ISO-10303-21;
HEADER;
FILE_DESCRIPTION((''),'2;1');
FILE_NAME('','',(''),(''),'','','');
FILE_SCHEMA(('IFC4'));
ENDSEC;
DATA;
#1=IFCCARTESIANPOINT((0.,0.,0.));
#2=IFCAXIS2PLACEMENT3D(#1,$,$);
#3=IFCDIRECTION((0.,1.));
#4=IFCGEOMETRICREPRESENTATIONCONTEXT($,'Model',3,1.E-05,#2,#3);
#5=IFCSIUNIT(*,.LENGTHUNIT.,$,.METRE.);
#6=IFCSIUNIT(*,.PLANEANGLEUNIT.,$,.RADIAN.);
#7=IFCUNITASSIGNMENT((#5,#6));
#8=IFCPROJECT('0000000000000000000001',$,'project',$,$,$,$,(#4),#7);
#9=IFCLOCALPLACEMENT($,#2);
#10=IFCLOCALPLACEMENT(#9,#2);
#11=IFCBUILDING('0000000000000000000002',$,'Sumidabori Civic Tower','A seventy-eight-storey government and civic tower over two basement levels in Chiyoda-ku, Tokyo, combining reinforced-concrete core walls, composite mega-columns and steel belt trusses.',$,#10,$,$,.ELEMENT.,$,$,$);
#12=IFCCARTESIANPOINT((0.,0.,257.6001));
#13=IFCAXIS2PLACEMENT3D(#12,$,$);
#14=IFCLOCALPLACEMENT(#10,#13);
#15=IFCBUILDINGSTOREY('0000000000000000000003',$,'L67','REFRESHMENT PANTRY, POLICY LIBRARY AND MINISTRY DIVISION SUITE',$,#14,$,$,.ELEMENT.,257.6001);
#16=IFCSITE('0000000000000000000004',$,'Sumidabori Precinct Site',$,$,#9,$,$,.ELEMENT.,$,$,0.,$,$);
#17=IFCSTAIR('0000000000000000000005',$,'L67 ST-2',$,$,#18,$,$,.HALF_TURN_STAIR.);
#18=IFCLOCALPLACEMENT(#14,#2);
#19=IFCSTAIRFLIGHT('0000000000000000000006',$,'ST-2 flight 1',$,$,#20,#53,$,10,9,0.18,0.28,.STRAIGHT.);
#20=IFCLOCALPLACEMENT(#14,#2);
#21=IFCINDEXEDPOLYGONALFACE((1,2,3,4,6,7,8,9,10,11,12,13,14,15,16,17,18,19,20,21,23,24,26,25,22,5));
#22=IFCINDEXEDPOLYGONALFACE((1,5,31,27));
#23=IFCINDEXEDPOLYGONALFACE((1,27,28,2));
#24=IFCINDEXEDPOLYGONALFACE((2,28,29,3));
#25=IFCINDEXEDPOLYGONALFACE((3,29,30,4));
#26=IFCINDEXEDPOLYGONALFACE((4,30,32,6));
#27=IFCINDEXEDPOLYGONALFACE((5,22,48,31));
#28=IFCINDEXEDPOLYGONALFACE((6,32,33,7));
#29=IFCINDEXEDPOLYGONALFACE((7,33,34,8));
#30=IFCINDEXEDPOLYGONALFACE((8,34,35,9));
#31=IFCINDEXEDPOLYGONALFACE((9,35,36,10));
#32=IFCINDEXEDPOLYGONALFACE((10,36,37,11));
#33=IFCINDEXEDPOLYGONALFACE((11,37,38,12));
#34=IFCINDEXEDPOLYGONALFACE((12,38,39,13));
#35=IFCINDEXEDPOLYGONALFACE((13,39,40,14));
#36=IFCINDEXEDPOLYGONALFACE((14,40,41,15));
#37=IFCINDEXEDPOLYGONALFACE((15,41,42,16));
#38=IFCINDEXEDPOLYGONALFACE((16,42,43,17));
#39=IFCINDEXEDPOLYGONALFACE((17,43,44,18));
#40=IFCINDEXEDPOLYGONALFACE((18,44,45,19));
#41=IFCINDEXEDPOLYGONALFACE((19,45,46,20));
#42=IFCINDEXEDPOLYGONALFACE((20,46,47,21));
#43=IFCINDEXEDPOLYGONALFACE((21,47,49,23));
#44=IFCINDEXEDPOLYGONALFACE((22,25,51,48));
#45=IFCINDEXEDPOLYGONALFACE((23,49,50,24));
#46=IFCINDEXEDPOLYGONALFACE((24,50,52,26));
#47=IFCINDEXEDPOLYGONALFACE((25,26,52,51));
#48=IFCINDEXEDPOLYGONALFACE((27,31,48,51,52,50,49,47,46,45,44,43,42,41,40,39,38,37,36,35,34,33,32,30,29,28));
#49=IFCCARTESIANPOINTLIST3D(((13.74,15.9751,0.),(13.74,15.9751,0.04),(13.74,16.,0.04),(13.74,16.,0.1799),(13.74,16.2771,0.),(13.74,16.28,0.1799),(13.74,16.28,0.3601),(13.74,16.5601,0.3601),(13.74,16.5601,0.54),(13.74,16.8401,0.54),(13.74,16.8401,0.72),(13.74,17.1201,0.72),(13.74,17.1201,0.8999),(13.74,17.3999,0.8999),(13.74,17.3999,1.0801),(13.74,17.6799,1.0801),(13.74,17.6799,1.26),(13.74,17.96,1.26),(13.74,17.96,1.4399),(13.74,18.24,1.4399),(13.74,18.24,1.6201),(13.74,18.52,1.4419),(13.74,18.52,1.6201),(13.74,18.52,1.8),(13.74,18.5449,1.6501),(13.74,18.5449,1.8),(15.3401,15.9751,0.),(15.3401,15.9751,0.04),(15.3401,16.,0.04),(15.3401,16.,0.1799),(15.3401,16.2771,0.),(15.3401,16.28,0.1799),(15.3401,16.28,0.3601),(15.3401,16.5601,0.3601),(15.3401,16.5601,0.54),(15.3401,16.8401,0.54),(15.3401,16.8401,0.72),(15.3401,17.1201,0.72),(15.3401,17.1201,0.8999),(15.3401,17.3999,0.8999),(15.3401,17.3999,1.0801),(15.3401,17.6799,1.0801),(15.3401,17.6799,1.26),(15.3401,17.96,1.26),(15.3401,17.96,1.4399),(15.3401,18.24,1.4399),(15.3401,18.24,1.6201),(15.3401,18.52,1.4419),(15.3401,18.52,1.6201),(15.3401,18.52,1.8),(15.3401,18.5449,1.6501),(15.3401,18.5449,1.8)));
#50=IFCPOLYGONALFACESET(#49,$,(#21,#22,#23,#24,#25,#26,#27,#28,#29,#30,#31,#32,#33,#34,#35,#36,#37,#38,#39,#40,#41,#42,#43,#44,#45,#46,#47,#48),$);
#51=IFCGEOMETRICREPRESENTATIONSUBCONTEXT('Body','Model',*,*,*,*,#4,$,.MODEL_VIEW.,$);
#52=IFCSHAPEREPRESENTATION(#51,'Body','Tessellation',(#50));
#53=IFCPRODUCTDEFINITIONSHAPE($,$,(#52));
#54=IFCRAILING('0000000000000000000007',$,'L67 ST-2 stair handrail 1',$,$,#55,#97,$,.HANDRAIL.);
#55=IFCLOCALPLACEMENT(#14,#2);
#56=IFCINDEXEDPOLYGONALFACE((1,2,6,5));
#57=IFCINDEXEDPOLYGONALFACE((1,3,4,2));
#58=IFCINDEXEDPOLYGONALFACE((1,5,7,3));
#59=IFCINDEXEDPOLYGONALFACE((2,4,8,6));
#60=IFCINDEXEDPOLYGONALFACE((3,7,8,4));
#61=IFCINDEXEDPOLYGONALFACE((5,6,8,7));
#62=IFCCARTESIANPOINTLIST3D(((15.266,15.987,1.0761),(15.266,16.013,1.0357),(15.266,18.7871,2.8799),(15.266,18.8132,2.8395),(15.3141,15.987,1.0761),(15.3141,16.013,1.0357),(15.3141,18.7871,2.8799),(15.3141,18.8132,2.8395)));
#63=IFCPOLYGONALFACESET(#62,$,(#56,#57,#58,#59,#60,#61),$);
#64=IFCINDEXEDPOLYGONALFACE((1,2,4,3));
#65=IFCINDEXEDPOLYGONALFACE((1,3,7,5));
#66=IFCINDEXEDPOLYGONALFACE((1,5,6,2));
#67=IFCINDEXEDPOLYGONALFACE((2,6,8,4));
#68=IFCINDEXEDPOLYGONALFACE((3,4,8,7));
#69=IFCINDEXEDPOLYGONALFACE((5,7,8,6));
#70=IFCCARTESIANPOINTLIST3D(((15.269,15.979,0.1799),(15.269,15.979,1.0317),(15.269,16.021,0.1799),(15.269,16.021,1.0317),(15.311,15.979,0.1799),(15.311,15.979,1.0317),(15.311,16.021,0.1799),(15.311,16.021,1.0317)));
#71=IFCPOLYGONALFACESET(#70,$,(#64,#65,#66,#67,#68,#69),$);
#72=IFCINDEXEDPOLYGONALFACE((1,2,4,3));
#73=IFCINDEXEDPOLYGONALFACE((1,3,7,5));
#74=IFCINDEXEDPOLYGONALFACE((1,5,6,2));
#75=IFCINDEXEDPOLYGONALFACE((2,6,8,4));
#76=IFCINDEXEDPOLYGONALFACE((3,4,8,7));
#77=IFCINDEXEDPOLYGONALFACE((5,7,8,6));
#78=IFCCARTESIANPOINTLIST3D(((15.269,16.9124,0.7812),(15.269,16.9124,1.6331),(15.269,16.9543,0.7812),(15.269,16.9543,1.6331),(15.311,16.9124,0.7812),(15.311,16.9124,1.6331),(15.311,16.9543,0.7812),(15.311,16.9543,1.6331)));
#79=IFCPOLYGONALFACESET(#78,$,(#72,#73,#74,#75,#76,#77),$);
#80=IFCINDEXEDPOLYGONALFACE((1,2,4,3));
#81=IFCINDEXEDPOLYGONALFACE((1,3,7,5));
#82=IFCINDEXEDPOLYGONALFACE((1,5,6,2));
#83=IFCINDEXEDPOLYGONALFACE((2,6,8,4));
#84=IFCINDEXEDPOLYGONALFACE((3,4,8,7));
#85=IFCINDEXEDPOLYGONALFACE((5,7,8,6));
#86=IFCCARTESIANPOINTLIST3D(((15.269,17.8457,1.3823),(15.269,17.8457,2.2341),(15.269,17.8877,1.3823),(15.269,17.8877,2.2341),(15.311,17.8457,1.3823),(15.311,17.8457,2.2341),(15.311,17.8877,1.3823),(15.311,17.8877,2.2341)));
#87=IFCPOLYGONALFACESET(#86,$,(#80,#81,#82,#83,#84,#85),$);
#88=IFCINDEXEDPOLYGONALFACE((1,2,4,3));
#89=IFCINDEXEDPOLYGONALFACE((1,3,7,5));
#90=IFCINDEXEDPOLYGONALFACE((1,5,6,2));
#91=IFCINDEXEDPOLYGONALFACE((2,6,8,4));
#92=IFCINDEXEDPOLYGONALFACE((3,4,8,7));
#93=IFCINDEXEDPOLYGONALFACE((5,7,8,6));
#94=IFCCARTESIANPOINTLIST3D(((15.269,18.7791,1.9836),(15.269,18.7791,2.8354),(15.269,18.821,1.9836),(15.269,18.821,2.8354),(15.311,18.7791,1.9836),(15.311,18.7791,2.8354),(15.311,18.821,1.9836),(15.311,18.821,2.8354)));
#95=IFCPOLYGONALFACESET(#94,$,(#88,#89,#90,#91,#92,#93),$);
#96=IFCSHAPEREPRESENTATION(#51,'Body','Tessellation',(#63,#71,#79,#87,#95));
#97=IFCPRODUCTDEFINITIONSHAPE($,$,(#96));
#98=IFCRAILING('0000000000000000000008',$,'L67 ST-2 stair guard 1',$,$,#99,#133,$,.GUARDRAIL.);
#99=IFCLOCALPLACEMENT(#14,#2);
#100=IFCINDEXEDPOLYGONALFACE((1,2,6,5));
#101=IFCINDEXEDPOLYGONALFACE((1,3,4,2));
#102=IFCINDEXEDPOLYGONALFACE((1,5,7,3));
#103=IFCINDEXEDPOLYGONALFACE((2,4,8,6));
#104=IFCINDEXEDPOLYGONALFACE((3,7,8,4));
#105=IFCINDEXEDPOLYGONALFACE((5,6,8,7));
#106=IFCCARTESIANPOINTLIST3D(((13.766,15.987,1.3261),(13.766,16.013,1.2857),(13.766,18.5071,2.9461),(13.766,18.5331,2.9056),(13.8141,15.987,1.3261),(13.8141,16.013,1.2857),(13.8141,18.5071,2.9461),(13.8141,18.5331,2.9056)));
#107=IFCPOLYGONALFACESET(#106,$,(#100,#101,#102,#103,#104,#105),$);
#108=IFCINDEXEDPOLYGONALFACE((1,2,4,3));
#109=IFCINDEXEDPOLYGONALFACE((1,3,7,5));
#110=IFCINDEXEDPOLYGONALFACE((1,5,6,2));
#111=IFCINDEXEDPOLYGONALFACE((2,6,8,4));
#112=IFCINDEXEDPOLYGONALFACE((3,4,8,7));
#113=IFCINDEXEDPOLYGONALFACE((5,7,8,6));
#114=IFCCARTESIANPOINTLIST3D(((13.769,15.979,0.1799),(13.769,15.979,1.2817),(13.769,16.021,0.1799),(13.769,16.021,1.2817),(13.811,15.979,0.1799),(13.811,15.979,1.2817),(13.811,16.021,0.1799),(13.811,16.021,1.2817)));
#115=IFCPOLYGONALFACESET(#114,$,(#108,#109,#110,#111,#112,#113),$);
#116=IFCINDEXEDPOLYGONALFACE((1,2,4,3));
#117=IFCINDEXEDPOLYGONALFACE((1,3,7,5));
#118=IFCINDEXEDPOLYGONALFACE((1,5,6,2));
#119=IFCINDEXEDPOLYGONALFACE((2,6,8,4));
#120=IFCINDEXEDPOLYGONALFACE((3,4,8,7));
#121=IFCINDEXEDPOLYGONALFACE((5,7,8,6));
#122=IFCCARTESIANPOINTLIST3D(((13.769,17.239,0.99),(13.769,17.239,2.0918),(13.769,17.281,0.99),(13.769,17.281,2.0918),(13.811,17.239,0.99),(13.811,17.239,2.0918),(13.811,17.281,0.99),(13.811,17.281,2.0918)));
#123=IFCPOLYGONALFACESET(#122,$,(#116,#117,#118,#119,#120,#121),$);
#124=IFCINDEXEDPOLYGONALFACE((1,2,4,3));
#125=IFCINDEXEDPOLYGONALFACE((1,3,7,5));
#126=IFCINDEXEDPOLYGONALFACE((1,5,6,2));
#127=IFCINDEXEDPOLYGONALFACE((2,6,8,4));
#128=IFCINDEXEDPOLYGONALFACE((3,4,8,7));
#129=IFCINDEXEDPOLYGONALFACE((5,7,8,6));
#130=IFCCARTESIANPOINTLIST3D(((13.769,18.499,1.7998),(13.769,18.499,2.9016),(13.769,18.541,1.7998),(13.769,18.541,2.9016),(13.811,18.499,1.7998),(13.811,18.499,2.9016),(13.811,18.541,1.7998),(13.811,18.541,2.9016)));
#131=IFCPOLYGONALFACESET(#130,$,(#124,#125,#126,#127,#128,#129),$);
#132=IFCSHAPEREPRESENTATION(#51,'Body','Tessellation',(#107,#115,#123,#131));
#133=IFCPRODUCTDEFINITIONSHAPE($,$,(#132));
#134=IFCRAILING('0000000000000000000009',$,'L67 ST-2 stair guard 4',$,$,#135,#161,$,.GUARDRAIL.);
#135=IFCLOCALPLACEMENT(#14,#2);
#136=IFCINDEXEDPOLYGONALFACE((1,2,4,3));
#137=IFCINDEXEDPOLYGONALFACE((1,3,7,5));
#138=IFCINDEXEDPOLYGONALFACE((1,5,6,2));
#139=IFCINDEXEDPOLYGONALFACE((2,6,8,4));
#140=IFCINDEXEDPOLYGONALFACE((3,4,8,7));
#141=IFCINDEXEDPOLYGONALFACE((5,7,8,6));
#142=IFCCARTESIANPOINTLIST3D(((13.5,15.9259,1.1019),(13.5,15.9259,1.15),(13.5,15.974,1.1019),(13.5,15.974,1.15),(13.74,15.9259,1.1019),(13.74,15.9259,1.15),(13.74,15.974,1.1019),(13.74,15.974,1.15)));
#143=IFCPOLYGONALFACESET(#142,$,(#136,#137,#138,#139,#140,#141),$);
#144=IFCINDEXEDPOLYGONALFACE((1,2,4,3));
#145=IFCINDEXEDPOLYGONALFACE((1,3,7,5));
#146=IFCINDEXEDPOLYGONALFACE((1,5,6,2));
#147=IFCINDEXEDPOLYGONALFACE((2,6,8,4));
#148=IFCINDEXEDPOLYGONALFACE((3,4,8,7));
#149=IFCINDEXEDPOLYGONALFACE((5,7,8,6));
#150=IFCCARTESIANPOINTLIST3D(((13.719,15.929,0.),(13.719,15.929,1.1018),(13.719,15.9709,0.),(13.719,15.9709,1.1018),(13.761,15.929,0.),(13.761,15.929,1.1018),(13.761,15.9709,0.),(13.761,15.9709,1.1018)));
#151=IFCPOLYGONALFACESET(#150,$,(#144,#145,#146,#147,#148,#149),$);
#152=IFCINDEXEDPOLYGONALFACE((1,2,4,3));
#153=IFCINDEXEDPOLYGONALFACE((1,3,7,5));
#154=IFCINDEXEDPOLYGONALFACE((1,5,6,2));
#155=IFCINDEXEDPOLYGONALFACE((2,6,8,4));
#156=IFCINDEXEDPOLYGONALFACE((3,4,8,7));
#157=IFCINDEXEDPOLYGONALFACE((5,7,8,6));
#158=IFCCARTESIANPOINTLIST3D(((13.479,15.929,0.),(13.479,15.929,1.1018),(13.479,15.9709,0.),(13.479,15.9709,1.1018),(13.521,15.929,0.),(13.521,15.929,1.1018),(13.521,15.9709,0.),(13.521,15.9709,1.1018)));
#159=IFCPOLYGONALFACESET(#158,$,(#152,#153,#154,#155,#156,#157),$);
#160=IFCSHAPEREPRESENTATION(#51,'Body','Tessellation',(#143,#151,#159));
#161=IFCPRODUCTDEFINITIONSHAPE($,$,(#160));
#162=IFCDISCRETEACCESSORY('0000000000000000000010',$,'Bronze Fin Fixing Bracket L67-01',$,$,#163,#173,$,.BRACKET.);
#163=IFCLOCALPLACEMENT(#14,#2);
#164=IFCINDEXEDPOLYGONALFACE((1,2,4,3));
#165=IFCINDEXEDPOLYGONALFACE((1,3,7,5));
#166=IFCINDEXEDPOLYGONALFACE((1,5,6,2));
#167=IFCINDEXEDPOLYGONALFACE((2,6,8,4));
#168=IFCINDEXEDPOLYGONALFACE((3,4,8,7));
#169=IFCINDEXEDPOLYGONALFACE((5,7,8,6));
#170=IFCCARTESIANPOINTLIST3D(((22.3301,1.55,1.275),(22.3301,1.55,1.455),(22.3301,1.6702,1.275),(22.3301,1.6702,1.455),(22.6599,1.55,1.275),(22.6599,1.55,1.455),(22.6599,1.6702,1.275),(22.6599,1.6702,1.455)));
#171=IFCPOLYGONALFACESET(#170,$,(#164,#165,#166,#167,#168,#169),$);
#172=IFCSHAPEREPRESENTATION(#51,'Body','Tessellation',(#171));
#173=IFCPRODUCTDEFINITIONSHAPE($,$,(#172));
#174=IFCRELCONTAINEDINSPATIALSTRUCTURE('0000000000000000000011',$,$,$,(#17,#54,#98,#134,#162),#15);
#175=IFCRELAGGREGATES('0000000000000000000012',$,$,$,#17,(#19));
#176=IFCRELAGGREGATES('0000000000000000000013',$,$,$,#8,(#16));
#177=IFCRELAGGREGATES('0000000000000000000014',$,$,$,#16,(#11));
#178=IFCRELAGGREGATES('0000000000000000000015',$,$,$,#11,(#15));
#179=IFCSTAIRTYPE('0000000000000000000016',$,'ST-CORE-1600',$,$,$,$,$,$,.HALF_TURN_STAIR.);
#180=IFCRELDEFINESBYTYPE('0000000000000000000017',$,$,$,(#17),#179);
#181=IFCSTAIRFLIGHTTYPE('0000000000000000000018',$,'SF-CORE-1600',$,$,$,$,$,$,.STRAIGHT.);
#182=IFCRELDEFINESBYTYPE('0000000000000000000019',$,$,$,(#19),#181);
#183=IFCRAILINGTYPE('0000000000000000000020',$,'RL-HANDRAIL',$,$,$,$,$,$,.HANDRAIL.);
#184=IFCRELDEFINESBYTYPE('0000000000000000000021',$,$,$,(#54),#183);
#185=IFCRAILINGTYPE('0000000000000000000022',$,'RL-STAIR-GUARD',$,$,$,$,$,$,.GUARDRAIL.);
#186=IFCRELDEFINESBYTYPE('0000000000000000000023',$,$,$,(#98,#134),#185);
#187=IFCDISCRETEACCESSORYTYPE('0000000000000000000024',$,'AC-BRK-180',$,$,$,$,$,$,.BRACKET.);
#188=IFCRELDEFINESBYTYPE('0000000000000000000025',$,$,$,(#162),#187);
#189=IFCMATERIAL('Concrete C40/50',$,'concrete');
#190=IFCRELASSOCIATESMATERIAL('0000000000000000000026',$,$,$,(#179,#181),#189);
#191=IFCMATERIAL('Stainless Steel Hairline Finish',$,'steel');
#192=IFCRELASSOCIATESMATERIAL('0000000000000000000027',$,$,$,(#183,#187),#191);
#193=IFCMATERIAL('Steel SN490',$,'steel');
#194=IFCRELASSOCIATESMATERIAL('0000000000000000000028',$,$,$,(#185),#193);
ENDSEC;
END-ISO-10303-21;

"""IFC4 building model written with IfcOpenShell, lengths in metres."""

from ifc_helpers import new_model, si_unit, direction, frame, origin, origin_2d, place, context, subcontext, project, spatial, polyline, rectangle, outline, extrude, source, transform, mapped, material, material_profile, profile_set, type_object, element, aggregate, save


model = new_model("IFC4")

# Units and contexts
model_context = context("Model", 3, precision=1e-05, world=origin(), true_north=direction((0.0, 1.0)))
body_context = subcontext(model_context, "Body", "Model", "MODEL_VIEW")
ifc_project = project(units=[si_unit("LENGTHUNIT", "METRE"), si_unit("PLANEANGLEUNIT", "RADIAN")], contexts=[model_context])

# Site, building, storey
site_placement = place(None, origin())
site = spatial("IfcSite", under=ifc_project, at=site_placement, Name="Sumidabori Precinct Site", CompositionType="ELEMENT", RefElevation=0.0)
building_placement = place(site_placement, origin())
building = spatial("IfcBuilding", under=site, at=building_placement, Name="Sumidabori Civic Tower", Description="A seventy-eight-storey government and civic tower over two basement levels in Chiyoda-ku, Tokyo, combining reinforced-concrete core walls, composite mega-columns and steel belt trusses.", CompositionType="ELEMENT")
storey_placement = place(building_placement, frame((0.0, 0.0, 257.6001)))
storey = spatial("IfcBuildingStorey", under=building, at=storey_placement, Name="L67", Description="REFRESHMENT PANTRY, POLICY LIBRARY AND MINISTRY DIVISION SUITE", CompositionType="ELEMENT", Elevation=257.6001)

# Shared definitions
ifc_material_1 = material(Name="Steel SN490", Category="steel")

# Shared definitions
ifc_material_2 = material(Name="Stainless Steel Hairline Finish", Category="steel")

# Stair, stair flight
ifc_material_3 = material(Name="Concrete C40/50", Category="concrete")
stair_type = type_object("IfcStairType", Name="ST-CORE-1600", PredefinedType="HALF_TURN_STAIR", material=ifc_material_3)
stair_placement = place(storey_placement, origin())
stair = element("IfcStair", 1, at=stair_placement, inside=storey, type_object=stair_type, Name="L67 ST-2", PredefinedType="HALF_TURN_STAIR")
stair_flight_type = type_object("IfcStairFlightType", Name="SF-CORE-1600", PredefinedType="STRAIGHT", material=ifc_material_3)
shared_shape_1 = source(origin(), body_context, "Body", "SweptSolid", [
    extrude(outline(polyline([(-0.0249, 0.0), (-0.0249, 0.04), (0.0, 0.04), (0.0, 0.1799), (0.28, 0.1799), (0.28, 0.3601), (0.5601, 0.3601), (0.5601, 0.54), (0.8401, 0.54), (0.8401, 0.72), (1.1201, 0.72), (1.1201, 0.8999), (1.3999, 0.8999), (1.3999, 1.0801), (1.6799, 1.0801), (1.6799, 1.26), (1.96, 1.26), (1.96, 1.4399), (2.24, 1.4399), (2.24, 1.6201), (2.52, 1.6201), (2.52, 1.8), (2.5449, 1.8), (2.5449, 1.6501), (2.52, 1.4419), (0.2771, 0.0), (-0.0249, 0.0)])), frame((0.0, 0.8, 0.0), z_axis=(0.0, -1.0, 0.0), x_axis=(1.0, 0.0, 0.0)), (0.0, 0.0, 1.0), 1.6001),
])
stair_flight_placement = place(storey_placement, frame((14.54, 16.0, 0.0), z_axis=(0.0, 0.0, 1.0), x_axis=(0.0, 1.0, 0.0)))
stair_flight = element("IfcStairFlight", 2, at=stair_flight_placement, type_object=stair_flight_type, Name="ST-2 flight 1", NumberOfRisers=10, NumberOfTreads=9, PredefinedType="STRAIGHT", RiserHeight=0.18, TreadLength=0.28, context=body_context, shape_type="MappedRepresentation", body=[
    mapped(shared_shape_1, transform((0.0, 0.0, 0.0), x_axis=(1.0, 0.0, 0.0), y_axis=(0.0, 1.0, 0.0), z_axis=(0.0, 0.0, 1.0), scale=1.0)),
])
aggregate(stair, [stair_flight])

# Railings
railing_type_1 = type_object("IfcRailingType", Name="RL-HANDRAIL", PredefinedType="HANDRAIL", material=ifc_material_2)
railing_1_placement = place(storey_placement, frame((15.29, 16.0, 0.1799)))
element("IfcRailing", 3, at=railing_1_placement, inside=storey, type_object=railing_type_1, Name="L67 ST-2 stair handrail 1", PredefinedType="HANDRAIL", context=body_context, shape_type="SweptSolid", body=[
    extrude(rectangle(XDim=0.0481, YDim=0.0481, at=origin_2d()), frame((0.0, 0.0, 0.876), z_axis=(0.0, 0.840676, 0.541539), x_axis=(-1.0, 0.0, 0.0)), (0.0, 0.0, 1.0), 3.3308),
    extrude(rectangle(XDim=0.042, YDim=0.042, at=origin_2d()), origin(), (0.0, 0.0, 1.0), 0.8518),
    extrude(rectangle(XDim=0.042, YDim=0.042, at=origin_2d()), frame((0.0, 0.9333, 0.6013)), (0.0, 0.0, 1.0), 0.8518),
    extrude(rectangle(XDim=0.042, YDim=0.042, at=origin_2d()), frame((0.0, 1.8667, 1.2024)), (0.0, 0.0, 1.0), 0.8518),
    extrude(rectangle(XDim=0.042, YDim=0.042, at=origin_2d()), frame((0.0, 2.8, 1.8037)), (0.0, 0.0, 1.0), 0.8518),
])
railing_type_2 = type_object("IfcRailingType", Name="RL-STAIR-GUARD", PredefinedType="GUARDRAIL", material=ifc_material_1)
railing_2_placement = place(storey_placement, frame((13.79, 16.0, 0.1799)))
element("IfcRailing", 4, at=railing_2_placement, inside=storey, type_object=railing_type_2, Name="L67 ST-2 stair guard 1", PredefinedType="GUARDRAIL", context=body_context, shape_type="SweptSolid", body=[
    extrude(rectangle(XDim=0.0481, YDim=0.0481, at=origin_2d()), frame((0.0, 0.0, 1.126), z_axis=(0.0, 0.8412, 0.540725), x_axis=(-1.0, 0.0, 0.0)), (0.0, 0.0, 1.0), 2.9958),
    extrude(rectangle(XDim=0.042, YDim=0.042, at=origin_2d()), origin(), (0.0, 0.0, 1.0), 1.1018),
    extrude(rectangle(XDim=0.042, YDim=0.042, at=origin_2d()), frame((0.0, 1.26, 0.8101)), (0.0, 0.0, 1.0), 1.1018),
    extrude(rectangle(XDim=0.042, YDim=0.042, at=origin_2d()), frame((0.0, 2.52, 1.6199)), (0.0, 0.0, 1.0), 1.1018),
])
railing_3_placement = place(storey_placement, frame((13.74, 15.95, 0.0)))
element("IfcRailing", 5, at=railing_3_placement, inside=storey, type_object=railing_type_2, Name="L67 ST-2 stair guard 4", PredefinedType="GUARDRAIL", context=body_context, shape_type="SweptSolid", body=[
    extrude(rectangle(XDim=0.0481, YDim=0.0481, at=origin_2d()), frame((0.0, 0.0, 1.126), z_axis=(-1.0, 0.0, 0.0), x_axis=(0.0, -1.0, 0.0)), (0.0, 0.0, 1.0), 0.24),
    extrude(rectangle(XDim=0.042, YDim=0.042, at=origin_2d()), origin(), (0.0, 0.0, 1.0), 1.1018),
    extrude(rectangle(XDim=0.042, YDim=0.042, at=origin_2d()), frame((-0.24, 0.0, 0.0)), (0.0, 0.0, 1.0), 1.1018),
])

# Discrete accessory
ifc_material_profile_1 = material_profile(ifc_material_2, rectangle(XDim=0.1201, YDim=0.1799, at=origin_2d()), Name="STEEL BRACKET 180x120")
ifc_profile_set_1 = profile_set([ifc_material_profile_1], Name="Stainless Steel Hairline Finish")
discrete_accessory_type = type_object("IfcDiscreteAccessoryType", Name="AC-BRK-180", PredefinedType="BRACKET", material=ifc_profile_set_1)
shared_shape_2 = source(origin(), body_context, "Body", "SweptSolid", [
    extrude(rectangle(XDim=0.1201, YDim=0.1799, at=origin_2d()), origin(), (0.0, 0.0, 1.0), 0.3298),
])
discrete_accessory_placement = place(storey_placement, frame((22.3301, 1.6101, 1.365), z_axis=(1.0, 0.0, 0.0), x_axis=(0.0, 1.0, 0.0)))
element("IfcDiscreteAccessory", 6, at=discrete_accessory_placement, inside=storey, type_object=discrete_accessory_type, Name="Bronze Fin Fixing Bracket L67-01", PredefinedType="BRACKET", context=body_context, shape_type="MappedRepresentation", body=[
    mapped(shared_shape_2, transform((0.0, 0.0, 0.0), x_axis=(1.0, 0.0, 0.0), y_axis=(0.0, 1.0, 0.0), z_axis=(0.0, 0.0, 1.0), scale=1.0)),
])

save(model, "model.ifc")
